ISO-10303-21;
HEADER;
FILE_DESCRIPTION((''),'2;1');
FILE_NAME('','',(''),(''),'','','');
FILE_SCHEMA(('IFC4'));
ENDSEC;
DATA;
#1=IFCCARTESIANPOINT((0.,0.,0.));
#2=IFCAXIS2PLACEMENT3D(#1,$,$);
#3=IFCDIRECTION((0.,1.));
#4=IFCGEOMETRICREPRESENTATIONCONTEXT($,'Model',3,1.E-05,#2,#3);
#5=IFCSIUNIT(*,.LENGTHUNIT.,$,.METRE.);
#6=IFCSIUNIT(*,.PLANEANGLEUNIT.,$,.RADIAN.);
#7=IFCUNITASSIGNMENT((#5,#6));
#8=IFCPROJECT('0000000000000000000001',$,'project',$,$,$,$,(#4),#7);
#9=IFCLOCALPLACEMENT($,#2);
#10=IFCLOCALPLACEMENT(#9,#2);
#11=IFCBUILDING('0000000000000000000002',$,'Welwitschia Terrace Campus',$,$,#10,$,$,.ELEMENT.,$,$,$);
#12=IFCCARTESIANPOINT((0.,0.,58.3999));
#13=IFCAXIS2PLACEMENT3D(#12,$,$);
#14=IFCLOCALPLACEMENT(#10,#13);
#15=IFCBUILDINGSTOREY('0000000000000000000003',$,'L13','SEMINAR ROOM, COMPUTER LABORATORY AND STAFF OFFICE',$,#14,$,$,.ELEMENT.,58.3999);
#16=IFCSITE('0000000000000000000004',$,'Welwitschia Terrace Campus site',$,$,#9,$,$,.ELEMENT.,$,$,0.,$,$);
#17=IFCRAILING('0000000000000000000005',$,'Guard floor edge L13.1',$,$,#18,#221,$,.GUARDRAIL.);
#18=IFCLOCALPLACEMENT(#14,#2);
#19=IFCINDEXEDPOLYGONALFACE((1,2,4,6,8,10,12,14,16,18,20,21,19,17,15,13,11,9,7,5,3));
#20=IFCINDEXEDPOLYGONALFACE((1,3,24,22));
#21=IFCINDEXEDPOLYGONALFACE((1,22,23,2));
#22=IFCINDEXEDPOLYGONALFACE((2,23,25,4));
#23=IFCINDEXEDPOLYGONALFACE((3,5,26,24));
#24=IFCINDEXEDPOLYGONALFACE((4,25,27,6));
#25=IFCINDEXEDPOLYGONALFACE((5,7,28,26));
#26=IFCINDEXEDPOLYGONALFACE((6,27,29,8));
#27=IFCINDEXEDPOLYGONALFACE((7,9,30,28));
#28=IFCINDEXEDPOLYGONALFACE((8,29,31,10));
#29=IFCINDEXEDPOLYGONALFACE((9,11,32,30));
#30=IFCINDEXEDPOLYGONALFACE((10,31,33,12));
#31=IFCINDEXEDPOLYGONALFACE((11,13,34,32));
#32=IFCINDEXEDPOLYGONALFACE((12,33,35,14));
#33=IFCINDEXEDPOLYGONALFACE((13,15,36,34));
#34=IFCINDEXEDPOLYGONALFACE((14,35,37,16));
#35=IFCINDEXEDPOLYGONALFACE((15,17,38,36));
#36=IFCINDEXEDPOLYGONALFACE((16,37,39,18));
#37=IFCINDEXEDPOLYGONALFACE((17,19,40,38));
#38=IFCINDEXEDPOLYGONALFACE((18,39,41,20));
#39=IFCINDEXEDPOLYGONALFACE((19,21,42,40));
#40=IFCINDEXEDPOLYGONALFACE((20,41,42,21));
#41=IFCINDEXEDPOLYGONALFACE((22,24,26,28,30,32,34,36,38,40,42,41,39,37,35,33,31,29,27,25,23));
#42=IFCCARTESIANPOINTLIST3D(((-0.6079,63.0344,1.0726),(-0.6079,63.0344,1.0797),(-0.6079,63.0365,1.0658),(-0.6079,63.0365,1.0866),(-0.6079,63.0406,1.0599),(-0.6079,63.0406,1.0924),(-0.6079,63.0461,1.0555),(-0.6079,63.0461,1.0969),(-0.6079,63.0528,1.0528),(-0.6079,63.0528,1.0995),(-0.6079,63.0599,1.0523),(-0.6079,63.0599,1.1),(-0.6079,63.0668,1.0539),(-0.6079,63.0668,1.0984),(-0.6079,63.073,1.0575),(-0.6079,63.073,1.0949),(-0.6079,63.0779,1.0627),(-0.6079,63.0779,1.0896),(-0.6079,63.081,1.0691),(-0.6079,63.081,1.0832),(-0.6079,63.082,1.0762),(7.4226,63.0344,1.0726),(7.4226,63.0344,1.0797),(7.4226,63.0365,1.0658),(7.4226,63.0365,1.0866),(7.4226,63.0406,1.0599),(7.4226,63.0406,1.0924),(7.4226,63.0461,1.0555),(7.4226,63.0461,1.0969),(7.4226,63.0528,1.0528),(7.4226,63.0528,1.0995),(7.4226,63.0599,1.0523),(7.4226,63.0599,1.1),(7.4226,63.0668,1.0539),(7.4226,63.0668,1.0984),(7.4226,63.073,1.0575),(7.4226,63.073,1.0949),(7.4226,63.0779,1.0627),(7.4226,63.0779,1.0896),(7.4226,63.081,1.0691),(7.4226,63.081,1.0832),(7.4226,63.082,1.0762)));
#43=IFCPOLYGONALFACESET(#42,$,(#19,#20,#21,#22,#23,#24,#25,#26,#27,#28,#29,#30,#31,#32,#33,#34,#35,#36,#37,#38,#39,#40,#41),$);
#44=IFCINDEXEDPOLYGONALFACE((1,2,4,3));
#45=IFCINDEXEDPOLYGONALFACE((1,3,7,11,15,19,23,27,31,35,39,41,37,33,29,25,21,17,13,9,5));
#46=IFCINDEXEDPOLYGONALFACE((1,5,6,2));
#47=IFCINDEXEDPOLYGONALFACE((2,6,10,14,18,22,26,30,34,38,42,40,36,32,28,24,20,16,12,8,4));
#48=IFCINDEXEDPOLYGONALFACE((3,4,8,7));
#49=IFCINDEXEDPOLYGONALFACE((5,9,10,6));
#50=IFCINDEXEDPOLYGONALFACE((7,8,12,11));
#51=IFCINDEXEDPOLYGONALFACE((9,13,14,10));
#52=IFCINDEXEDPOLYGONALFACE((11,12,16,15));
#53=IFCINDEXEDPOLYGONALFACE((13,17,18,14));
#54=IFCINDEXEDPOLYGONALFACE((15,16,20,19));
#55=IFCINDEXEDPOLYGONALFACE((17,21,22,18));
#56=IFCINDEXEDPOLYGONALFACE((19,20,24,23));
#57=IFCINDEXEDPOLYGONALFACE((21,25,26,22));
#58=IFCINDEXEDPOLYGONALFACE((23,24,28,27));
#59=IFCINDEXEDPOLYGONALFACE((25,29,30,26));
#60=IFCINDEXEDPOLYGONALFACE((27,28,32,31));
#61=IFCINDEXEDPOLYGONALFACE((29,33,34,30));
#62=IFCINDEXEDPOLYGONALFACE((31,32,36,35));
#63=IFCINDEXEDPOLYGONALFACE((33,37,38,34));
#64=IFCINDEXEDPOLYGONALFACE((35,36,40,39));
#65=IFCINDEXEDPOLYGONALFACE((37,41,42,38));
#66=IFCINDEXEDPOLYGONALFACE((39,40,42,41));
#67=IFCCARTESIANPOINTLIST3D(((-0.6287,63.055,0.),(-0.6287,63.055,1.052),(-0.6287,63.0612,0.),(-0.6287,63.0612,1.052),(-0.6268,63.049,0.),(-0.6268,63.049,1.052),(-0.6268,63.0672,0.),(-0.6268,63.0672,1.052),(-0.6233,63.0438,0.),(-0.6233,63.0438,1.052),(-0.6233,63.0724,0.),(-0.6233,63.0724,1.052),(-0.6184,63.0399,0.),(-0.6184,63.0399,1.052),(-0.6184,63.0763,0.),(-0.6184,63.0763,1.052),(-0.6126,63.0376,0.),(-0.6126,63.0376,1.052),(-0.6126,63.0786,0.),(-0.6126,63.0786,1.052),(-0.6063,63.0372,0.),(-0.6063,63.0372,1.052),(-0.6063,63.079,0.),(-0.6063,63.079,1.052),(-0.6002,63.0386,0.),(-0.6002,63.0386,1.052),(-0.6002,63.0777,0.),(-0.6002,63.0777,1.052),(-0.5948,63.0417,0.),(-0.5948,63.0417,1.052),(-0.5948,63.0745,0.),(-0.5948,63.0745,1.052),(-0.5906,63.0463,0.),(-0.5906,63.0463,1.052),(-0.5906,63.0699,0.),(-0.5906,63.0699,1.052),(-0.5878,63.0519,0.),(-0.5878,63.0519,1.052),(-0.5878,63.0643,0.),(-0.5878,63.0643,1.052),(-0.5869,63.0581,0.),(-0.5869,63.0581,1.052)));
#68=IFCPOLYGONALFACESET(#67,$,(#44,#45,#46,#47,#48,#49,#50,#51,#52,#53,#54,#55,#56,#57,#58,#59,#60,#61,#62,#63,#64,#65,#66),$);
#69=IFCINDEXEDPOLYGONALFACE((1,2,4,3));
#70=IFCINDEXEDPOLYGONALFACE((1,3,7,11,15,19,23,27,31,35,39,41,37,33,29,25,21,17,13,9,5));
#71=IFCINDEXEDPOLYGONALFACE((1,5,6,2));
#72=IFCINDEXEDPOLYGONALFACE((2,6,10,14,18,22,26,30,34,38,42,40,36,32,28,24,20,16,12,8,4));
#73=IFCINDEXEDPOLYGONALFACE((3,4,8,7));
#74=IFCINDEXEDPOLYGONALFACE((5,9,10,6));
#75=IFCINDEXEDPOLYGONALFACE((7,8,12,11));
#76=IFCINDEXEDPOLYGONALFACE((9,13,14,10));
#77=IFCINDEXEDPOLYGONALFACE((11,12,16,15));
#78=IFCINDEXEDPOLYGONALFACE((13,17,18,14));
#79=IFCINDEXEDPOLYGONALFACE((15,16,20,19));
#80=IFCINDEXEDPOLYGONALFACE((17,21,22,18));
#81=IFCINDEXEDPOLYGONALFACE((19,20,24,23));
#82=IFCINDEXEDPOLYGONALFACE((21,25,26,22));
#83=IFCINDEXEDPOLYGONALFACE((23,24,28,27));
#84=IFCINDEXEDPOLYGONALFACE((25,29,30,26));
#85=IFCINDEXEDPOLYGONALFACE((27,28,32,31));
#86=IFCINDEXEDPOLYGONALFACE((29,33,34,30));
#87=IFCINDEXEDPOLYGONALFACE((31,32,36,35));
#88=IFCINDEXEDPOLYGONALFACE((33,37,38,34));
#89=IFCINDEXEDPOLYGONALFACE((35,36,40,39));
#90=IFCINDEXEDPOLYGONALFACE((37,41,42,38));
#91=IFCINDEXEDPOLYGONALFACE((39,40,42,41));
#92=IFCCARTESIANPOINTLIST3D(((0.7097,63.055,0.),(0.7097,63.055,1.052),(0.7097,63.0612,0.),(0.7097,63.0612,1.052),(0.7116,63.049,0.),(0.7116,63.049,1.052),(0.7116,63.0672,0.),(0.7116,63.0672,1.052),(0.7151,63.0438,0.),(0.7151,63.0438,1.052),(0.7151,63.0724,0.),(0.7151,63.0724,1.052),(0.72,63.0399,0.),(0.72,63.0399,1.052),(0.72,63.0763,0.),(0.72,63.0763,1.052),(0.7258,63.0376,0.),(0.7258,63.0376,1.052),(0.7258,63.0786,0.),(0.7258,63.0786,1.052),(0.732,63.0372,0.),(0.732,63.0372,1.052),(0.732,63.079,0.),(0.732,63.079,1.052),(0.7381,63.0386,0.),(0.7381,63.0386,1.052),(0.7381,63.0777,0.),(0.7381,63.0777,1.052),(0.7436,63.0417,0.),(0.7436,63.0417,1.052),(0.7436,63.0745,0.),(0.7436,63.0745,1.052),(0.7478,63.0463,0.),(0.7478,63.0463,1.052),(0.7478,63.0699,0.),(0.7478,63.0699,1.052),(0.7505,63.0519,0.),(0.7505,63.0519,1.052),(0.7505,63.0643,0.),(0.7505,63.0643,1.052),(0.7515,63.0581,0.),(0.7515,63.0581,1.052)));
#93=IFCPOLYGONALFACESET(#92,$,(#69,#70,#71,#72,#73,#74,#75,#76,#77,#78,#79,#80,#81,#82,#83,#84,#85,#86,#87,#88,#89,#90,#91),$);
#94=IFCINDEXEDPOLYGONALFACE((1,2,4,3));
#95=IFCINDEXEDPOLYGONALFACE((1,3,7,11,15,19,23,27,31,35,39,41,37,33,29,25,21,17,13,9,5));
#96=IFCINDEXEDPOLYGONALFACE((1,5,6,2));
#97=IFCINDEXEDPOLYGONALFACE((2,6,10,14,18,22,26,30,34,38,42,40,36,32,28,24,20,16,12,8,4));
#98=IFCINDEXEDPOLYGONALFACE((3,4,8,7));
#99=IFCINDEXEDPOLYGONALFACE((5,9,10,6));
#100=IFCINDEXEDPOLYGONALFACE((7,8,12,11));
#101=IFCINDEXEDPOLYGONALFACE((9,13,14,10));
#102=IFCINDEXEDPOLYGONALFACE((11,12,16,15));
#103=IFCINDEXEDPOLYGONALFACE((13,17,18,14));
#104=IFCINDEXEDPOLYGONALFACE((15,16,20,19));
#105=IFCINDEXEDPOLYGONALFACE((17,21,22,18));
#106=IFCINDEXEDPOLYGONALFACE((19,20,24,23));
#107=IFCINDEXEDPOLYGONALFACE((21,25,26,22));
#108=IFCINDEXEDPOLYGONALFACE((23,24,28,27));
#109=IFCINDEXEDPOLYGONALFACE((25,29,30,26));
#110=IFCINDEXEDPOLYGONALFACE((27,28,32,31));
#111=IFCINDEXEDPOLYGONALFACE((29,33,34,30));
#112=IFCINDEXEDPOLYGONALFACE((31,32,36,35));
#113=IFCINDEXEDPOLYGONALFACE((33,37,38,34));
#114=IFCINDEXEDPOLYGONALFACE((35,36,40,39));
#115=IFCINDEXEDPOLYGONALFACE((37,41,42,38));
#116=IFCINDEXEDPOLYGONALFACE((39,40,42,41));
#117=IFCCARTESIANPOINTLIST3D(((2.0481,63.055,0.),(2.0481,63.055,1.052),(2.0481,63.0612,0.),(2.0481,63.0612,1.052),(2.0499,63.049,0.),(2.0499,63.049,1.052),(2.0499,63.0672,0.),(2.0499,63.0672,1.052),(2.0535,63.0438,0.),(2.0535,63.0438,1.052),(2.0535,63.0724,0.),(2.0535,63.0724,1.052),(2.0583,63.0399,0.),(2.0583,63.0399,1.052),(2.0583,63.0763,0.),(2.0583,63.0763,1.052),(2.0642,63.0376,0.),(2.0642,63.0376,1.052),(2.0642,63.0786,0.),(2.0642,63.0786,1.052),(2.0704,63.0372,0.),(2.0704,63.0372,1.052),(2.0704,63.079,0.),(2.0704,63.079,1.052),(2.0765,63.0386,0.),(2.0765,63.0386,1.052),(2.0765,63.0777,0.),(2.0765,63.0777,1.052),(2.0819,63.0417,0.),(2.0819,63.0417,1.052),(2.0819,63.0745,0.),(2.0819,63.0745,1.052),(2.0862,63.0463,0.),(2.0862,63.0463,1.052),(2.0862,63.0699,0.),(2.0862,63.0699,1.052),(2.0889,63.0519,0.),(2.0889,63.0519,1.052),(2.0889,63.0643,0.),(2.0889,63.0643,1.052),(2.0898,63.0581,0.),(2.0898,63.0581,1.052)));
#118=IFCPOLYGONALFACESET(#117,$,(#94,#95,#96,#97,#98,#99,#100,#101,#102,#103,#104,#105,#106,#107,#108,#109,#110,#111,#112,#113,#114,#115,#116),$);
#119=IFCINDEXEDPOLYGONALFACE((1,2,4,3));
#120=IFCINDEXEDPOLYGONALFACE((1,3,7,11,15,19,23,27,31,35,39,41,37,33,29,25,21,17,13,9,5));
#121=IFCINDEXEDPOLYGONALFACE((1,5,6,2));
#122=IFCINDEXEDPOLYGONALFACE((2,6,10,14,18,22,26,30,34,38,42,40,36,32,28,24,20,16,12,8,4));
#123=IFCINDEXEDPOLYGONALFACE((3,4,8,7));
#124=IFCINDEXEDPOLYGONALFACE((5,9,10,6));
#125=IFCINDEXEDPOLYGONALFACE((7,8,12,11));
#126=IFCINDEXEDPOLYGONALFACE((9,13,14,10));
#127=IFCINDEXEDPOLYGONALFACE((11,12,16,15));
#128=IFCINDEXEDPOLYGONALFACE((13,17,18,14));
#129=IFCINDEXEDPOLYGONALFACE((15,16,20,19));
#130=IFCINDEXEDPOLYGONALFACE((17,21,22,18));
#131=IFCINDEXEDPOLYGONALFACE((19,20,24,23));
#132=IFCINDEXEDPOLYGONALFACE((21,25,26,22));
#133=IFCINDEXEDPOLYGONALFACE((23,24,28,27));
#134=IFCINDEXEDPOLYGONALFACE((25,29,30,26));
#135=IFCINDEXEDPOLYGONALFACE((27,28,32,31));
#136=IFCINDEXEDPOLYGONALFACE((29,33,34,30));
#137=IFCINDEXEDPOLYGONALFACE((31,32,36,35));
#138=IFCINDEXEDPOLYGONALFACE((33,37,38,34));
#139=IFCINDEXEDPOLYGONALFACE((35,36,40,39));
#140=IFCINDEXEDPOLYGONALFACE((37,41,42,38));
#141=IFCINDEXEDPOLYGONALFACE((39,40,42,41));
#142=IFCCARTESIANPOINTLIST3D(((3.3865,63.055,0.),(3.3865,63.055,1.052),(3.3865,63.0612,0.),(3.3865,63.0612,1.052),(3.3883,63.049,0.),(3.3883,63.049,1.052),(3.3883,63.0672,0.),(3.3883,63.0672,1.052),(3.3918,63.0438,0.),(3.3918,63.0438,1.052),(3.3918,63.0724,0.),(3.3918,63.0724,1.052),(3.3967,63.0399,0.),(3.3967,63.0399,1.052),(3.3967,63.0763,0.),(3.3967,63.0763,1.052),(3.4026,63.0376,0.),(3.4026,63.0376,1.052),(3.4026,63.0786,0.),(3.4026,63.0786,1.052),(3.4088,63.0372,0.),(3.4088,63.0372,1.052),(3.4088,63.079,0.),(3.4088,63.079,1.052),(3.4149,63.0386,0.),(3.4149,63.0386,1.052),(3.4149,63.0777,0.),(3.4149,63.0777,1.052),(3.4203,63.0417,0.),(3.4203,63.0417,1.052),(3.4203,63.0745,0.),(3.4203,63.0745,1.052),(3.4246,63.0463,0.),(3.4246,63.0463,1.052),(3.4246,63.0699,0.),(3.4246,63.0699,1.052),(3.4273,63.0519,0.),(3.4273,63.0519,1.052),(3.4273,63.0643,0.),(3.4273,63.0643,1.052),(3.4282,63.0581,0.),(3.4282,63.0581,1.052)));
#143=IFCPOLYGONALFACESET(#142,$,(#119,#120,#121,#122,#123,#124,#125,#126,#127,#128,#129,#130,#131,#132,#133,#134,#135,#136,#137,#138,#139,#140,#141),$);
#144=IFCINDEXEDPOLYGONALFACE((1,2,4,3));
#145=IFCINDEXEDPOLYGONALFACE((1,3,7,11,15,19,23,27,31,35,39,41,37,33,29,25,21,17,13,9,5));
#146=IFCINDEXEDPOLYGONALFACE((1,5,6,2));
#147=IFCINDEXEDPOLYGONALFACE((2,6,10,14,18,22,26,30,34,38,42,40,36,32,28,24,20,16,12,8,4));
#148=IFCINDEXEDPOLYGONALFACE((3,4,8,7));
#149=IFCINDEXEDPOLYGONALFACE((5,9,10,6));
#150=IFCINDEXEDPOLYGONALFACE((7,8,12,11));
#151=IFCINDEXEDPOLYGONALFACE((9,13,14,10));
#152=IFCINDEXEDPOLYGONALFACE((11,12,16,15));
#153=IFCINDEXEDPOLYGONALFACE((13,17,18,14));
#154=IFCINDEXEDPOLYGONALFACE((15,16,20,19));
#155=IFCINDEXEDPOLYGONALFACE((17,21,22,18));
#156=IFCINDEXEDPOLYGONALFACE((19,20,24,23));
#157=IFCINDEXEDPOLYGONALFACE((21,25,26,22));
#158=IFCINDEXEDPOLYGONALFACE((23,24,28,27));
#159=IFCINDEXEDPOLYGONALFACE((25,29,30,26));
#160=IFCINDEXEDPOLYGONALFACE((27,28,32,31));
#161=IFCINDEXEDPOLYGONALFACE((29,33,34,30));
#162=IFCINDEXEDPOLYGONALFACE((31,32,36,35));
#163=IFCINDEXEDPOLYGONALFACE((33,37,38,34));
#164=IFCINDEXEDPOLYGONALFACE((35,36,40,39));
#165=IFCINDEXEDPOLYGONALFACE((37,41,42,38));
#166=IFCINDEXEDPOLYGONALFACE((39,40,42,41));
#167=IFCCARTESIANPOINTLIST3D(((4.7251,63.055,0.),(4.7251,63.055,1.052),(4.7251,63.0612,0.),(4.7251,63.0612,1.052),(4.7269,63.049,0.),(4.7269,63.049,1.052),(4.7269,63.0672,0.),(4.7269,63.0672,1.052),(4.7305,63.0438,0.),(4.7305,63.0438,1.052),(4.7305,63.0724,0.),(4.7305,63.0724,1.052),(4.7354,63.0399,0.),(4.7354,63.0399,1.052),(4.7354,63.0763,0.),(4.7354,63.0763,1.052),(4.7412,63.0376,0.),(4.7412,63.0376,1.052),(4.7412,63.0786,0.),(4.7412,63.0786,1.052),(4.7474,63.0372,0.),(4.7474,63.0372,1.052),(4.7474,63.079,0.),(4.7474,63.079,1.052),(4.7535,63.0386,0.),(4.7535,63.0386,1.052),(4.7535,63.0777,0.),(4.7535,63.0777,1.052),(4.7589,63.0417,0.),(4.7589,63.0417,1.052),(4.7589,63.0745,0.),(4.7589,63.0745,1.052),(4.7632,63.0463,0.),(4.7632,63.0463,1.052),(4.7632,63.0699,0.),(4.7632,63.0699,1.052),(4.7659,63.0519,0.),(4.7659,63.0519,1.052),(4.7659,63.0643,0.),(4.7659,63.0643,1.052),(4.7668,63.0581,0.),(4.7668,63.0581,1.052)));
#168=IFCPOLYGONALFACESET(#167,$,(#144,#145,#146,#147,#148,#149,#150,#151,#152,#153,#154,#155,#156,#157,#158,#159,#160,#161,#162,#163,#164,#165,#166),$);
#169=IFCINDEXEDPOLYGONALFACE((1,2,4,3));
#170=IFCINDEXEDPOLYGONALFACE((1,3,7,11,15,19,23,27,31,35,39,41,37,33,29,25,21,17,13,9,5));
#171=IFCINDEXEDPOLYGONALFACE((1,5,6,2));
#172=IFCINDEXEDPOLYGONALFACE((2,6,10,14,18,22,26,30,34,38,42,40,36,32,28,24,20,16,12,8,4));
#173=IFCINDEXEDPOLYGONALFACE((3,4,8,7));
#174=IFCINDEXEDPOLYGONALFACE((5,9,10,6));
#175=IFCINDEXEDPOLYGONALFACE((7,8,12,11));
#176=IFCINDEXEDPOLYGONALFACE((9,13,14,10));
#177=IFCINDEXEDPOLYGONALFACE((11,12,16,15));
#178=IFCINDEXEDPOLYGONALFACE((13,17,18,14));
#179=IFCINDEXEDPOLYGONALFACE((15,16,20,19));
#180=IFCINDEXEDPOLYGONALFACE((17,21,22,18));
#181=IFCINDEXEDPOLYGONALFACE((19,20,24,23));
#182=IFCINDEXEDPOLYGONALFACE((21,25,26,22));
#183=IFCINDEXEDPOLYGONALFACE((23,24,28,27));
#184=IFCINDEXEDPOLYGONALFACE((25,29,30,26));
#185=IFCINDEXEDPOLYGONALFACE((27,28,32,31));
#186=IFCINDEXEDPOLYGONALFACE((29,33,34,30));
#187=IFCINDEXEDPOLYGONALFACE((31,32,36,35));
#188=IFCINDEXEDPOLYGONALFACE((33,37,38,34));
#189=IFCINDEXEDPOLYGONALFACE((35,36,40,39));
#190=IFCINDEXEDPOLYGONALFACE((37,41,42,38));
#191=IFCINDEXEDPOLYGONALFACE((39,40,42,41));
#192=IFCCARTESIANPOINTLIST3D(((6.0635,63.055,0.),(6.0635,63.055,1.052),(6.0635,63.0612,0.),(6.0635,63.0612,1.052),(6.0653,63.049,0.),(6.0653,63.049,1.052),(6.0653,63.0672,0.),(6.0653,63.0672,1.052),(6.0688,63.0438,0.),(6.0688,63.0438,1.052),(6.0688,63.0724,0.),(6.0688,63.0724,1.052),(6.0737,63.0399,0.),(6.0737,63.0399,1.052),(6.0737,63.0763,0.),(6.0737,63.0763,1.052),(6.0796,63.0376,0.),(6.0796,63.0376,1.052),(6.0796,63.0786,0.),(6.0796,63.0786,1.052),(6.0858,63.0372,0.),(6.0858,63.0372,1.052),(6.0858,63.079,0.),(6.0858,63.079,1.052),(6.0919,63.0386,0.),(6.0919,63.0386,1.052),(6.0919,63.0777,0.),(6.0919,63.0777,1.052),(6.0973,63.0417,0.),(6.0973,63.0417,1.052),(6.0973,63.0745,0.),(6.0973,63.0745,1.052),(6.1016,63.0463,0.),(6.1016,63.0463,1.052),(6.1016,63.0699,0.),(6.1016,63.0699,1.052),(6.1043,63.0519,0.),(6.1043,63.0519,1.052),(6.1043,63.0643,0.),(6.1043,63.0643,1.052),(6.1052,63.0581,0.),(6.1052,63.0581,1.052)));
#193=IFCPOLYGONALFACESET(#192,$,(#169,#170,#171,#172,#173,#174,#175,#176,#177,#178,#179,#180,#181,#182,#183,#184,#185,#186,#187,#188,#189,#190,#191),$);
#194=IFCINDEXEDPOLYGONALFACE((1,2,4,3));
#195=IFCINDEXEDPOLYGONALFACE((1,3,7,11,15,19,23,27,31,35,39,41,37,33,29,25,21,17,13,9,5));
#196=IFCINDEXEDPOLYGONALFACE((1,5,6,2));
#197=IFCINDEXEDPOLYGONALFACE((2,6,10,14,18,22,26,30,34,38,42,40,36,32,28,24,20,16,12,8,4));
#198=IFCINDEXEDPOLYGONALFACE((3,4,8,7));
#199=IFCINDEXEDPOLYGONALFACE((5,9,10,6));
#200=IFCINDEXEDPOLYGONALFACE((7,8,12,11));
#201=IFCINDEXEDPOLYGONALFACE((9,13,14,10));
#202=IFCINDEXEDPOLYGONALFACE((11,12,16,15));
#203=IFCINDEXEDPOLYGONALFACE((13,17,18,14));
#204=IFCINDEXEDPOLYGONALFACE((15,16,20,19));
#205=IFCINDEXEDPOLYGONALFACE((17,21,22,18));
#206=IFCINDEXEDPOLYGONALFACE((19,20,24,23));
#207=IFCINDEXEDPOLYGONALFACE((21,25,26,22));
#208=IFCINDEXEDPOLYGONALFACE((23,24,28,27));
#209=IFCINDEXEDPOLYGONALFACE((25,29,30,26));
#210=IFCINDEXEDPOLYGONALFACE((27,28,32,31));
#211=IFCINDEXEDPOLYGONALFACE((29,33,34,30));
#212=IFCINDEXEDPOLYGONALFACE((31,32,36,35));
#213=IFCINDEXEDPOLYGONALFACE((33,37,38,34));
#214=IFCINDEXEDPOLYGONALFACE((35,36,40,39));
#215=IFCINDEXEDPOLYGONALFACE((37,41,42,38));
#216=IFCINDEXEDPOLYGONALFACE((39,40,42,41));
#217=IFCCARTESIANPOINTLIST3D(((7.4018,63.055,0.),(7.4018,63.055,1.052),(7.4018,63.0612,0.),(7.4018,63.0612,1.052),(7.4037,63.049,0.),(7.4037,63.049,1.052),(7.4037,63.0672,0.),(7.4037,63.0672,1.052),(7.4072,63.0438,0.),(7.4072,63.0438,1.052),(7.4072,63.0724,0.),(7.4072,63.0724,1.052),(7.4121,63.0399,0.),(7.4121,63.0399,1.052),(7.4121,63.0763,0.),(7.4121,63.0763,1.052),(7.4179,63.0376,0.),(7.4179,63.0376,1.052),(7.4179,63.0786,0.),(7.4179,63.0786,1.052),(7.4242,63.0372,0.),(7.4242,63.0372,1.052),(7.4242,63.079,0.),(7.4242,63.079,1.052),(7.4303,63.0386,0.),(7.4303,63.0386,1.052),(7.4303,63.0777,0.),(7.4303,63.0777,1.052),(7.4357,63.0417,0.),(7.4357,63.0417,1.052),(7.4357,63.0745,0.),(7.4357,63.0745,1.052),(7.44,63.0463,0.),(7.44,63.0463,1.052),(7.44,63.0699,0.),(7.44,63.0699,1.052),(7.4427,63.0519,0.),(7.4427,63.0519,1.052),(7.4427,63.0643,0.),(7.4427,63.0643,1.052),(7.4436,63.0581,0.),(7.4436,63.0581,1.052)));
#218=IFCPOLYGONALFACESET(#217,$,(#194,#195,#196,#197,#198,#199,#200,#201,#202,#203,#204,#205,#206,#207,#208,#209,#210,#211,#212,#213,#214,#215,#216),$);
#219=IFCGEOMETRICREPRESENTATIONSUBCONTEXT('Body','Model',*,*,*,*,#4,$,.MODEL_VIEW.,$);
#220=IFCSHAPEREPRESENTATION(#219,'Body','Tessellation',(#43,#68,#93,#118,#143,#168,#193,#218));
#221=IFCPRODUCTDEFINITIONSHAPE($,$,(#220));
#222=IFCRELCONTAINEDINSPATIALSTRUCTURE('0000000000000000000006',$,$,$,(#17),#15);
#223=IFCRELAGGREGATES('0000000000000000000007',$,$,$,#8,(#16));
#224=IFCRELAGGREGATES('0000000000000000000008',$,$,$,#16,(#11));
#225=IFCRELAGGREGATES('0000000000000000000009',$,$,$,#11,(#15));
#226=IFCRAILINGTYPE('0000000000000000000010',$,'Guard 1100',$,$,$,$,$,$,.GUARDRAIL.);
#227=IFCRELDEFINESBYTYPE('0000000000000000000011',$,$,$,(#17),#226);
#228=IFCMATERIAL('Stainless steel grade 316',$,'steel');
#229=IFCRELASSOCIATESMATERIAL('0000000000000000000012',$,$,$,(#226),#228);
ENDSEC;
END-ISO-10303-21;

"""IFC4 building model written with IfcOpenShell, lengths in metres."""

from ifc_helpers import new_model, si_unit, direction, frame, origin, origin_2d, place, context, subcontext, project, spatial, circle, extrude, material, type_object, element, save


model = new_model("IFC4")

# Units and contexts
model_context = context("Model", 3, precision=1e-05, world=origin(), true_north=direction((0.0, 1.0)))
body_context = subcontext(model_context, "Body", "Model", "MODEL_VIEW")
ifc_project = project(units=[si_unit("LENGTHUNIT", "METRE"), si_unit("PLANEANGLEUNIT", "RADIAN")], contexts=[model_context])

# Site, building, storey
site_placement = place(None, origin())
site = spatial("IfcSite", under=ifc_project, at=site_placement, Name="Welwitschia Terrace Campus site", CompositionType="ELEMENT", RefElevation=0.0)
building_placement = place(site_placement, origin())
building = spatial("IfcBuilding", under=site, at=building_placement, Name="Welwitschia Terrace Campus", CompositionType="ELEMENT")
storey_placement = place(building_placement, frame((0.0, 0.0, 58.3999)))
storey = spatial("IfcBuildingStorey", under=building, at=storey_placement, Name="L13", Description="SEMINAR ROOM, COMPUTER LABORATORY AND STAFF OFFICE", CompositionType="ELEMENT", Elevation=58.3999)

# Railing
ifc_material_1 = material(Name="Stainless steel grade 316", Category="steel")
railing_type = type_object("IfcRailingType", Name="Guard 1100", PredefinedType="GUARDRAIL", material=ifc_material_1)
railing_1_placement = place(storey_placement, frame((-0.6079, 63.0581, 0.0)))
element("IfcRailing", 1, at=railing_1_placement, inside=storey, type_object=railing_type, Name="Guard floor edge L13.1", PredefinedType="GUARDRAIL", context=body_context, shape_type="SweptSolid", body=[
    extrude(circle(Radius=0.0239, at=origin_2d()), frame((0.0, 0.0, 1.0762), z_axis=(1.0, 0.0, 0.0), x_axis=(0.0, 1.0, 0.0)), (0.0, 0.0, 1.0), 8.0305),
    extrude(circle(Radius=0.021, at=origin_2d()), origin(), (0.0, 0.0, 1.0), 1.052),
    extrude(circle(Radius=0.021, at=origin_2d()), frame((1.3384, 0.0, 0.0)), (0.0, 0.0, 1.0), 1.052),
    extrude(circle(Radius=0.021, at=origin_2d()), frame((2.6768, 0.0, 0.0)), (0.0, 0.0, 1.0), 1.052),
    extrude(circle(Radius=0.021, at=origin_2d()), frame((4.0151, 0.0, 0.0)), (0.0, 0.0, 1.0), 1.052),
    extrude(circle(Radius=0.021, at=origin_2d()), frame((5.3538, 0.0, 0.0)), (0.0, 0.0, 1.0), 1.052),
    extrude(circle(Radius=0.021, at=origin_2d()), frame((6.6921, 0.0, 0.0)), (0.0, 0.0, 1.0), 1.052),
    extrude(circle(Radius=0.021, at=origin_2d()), frame((8.0305, 0.0, 0.0)), (0.0, 0.0, 1.0), 1.052),
])

save(model, "model.ifc")
